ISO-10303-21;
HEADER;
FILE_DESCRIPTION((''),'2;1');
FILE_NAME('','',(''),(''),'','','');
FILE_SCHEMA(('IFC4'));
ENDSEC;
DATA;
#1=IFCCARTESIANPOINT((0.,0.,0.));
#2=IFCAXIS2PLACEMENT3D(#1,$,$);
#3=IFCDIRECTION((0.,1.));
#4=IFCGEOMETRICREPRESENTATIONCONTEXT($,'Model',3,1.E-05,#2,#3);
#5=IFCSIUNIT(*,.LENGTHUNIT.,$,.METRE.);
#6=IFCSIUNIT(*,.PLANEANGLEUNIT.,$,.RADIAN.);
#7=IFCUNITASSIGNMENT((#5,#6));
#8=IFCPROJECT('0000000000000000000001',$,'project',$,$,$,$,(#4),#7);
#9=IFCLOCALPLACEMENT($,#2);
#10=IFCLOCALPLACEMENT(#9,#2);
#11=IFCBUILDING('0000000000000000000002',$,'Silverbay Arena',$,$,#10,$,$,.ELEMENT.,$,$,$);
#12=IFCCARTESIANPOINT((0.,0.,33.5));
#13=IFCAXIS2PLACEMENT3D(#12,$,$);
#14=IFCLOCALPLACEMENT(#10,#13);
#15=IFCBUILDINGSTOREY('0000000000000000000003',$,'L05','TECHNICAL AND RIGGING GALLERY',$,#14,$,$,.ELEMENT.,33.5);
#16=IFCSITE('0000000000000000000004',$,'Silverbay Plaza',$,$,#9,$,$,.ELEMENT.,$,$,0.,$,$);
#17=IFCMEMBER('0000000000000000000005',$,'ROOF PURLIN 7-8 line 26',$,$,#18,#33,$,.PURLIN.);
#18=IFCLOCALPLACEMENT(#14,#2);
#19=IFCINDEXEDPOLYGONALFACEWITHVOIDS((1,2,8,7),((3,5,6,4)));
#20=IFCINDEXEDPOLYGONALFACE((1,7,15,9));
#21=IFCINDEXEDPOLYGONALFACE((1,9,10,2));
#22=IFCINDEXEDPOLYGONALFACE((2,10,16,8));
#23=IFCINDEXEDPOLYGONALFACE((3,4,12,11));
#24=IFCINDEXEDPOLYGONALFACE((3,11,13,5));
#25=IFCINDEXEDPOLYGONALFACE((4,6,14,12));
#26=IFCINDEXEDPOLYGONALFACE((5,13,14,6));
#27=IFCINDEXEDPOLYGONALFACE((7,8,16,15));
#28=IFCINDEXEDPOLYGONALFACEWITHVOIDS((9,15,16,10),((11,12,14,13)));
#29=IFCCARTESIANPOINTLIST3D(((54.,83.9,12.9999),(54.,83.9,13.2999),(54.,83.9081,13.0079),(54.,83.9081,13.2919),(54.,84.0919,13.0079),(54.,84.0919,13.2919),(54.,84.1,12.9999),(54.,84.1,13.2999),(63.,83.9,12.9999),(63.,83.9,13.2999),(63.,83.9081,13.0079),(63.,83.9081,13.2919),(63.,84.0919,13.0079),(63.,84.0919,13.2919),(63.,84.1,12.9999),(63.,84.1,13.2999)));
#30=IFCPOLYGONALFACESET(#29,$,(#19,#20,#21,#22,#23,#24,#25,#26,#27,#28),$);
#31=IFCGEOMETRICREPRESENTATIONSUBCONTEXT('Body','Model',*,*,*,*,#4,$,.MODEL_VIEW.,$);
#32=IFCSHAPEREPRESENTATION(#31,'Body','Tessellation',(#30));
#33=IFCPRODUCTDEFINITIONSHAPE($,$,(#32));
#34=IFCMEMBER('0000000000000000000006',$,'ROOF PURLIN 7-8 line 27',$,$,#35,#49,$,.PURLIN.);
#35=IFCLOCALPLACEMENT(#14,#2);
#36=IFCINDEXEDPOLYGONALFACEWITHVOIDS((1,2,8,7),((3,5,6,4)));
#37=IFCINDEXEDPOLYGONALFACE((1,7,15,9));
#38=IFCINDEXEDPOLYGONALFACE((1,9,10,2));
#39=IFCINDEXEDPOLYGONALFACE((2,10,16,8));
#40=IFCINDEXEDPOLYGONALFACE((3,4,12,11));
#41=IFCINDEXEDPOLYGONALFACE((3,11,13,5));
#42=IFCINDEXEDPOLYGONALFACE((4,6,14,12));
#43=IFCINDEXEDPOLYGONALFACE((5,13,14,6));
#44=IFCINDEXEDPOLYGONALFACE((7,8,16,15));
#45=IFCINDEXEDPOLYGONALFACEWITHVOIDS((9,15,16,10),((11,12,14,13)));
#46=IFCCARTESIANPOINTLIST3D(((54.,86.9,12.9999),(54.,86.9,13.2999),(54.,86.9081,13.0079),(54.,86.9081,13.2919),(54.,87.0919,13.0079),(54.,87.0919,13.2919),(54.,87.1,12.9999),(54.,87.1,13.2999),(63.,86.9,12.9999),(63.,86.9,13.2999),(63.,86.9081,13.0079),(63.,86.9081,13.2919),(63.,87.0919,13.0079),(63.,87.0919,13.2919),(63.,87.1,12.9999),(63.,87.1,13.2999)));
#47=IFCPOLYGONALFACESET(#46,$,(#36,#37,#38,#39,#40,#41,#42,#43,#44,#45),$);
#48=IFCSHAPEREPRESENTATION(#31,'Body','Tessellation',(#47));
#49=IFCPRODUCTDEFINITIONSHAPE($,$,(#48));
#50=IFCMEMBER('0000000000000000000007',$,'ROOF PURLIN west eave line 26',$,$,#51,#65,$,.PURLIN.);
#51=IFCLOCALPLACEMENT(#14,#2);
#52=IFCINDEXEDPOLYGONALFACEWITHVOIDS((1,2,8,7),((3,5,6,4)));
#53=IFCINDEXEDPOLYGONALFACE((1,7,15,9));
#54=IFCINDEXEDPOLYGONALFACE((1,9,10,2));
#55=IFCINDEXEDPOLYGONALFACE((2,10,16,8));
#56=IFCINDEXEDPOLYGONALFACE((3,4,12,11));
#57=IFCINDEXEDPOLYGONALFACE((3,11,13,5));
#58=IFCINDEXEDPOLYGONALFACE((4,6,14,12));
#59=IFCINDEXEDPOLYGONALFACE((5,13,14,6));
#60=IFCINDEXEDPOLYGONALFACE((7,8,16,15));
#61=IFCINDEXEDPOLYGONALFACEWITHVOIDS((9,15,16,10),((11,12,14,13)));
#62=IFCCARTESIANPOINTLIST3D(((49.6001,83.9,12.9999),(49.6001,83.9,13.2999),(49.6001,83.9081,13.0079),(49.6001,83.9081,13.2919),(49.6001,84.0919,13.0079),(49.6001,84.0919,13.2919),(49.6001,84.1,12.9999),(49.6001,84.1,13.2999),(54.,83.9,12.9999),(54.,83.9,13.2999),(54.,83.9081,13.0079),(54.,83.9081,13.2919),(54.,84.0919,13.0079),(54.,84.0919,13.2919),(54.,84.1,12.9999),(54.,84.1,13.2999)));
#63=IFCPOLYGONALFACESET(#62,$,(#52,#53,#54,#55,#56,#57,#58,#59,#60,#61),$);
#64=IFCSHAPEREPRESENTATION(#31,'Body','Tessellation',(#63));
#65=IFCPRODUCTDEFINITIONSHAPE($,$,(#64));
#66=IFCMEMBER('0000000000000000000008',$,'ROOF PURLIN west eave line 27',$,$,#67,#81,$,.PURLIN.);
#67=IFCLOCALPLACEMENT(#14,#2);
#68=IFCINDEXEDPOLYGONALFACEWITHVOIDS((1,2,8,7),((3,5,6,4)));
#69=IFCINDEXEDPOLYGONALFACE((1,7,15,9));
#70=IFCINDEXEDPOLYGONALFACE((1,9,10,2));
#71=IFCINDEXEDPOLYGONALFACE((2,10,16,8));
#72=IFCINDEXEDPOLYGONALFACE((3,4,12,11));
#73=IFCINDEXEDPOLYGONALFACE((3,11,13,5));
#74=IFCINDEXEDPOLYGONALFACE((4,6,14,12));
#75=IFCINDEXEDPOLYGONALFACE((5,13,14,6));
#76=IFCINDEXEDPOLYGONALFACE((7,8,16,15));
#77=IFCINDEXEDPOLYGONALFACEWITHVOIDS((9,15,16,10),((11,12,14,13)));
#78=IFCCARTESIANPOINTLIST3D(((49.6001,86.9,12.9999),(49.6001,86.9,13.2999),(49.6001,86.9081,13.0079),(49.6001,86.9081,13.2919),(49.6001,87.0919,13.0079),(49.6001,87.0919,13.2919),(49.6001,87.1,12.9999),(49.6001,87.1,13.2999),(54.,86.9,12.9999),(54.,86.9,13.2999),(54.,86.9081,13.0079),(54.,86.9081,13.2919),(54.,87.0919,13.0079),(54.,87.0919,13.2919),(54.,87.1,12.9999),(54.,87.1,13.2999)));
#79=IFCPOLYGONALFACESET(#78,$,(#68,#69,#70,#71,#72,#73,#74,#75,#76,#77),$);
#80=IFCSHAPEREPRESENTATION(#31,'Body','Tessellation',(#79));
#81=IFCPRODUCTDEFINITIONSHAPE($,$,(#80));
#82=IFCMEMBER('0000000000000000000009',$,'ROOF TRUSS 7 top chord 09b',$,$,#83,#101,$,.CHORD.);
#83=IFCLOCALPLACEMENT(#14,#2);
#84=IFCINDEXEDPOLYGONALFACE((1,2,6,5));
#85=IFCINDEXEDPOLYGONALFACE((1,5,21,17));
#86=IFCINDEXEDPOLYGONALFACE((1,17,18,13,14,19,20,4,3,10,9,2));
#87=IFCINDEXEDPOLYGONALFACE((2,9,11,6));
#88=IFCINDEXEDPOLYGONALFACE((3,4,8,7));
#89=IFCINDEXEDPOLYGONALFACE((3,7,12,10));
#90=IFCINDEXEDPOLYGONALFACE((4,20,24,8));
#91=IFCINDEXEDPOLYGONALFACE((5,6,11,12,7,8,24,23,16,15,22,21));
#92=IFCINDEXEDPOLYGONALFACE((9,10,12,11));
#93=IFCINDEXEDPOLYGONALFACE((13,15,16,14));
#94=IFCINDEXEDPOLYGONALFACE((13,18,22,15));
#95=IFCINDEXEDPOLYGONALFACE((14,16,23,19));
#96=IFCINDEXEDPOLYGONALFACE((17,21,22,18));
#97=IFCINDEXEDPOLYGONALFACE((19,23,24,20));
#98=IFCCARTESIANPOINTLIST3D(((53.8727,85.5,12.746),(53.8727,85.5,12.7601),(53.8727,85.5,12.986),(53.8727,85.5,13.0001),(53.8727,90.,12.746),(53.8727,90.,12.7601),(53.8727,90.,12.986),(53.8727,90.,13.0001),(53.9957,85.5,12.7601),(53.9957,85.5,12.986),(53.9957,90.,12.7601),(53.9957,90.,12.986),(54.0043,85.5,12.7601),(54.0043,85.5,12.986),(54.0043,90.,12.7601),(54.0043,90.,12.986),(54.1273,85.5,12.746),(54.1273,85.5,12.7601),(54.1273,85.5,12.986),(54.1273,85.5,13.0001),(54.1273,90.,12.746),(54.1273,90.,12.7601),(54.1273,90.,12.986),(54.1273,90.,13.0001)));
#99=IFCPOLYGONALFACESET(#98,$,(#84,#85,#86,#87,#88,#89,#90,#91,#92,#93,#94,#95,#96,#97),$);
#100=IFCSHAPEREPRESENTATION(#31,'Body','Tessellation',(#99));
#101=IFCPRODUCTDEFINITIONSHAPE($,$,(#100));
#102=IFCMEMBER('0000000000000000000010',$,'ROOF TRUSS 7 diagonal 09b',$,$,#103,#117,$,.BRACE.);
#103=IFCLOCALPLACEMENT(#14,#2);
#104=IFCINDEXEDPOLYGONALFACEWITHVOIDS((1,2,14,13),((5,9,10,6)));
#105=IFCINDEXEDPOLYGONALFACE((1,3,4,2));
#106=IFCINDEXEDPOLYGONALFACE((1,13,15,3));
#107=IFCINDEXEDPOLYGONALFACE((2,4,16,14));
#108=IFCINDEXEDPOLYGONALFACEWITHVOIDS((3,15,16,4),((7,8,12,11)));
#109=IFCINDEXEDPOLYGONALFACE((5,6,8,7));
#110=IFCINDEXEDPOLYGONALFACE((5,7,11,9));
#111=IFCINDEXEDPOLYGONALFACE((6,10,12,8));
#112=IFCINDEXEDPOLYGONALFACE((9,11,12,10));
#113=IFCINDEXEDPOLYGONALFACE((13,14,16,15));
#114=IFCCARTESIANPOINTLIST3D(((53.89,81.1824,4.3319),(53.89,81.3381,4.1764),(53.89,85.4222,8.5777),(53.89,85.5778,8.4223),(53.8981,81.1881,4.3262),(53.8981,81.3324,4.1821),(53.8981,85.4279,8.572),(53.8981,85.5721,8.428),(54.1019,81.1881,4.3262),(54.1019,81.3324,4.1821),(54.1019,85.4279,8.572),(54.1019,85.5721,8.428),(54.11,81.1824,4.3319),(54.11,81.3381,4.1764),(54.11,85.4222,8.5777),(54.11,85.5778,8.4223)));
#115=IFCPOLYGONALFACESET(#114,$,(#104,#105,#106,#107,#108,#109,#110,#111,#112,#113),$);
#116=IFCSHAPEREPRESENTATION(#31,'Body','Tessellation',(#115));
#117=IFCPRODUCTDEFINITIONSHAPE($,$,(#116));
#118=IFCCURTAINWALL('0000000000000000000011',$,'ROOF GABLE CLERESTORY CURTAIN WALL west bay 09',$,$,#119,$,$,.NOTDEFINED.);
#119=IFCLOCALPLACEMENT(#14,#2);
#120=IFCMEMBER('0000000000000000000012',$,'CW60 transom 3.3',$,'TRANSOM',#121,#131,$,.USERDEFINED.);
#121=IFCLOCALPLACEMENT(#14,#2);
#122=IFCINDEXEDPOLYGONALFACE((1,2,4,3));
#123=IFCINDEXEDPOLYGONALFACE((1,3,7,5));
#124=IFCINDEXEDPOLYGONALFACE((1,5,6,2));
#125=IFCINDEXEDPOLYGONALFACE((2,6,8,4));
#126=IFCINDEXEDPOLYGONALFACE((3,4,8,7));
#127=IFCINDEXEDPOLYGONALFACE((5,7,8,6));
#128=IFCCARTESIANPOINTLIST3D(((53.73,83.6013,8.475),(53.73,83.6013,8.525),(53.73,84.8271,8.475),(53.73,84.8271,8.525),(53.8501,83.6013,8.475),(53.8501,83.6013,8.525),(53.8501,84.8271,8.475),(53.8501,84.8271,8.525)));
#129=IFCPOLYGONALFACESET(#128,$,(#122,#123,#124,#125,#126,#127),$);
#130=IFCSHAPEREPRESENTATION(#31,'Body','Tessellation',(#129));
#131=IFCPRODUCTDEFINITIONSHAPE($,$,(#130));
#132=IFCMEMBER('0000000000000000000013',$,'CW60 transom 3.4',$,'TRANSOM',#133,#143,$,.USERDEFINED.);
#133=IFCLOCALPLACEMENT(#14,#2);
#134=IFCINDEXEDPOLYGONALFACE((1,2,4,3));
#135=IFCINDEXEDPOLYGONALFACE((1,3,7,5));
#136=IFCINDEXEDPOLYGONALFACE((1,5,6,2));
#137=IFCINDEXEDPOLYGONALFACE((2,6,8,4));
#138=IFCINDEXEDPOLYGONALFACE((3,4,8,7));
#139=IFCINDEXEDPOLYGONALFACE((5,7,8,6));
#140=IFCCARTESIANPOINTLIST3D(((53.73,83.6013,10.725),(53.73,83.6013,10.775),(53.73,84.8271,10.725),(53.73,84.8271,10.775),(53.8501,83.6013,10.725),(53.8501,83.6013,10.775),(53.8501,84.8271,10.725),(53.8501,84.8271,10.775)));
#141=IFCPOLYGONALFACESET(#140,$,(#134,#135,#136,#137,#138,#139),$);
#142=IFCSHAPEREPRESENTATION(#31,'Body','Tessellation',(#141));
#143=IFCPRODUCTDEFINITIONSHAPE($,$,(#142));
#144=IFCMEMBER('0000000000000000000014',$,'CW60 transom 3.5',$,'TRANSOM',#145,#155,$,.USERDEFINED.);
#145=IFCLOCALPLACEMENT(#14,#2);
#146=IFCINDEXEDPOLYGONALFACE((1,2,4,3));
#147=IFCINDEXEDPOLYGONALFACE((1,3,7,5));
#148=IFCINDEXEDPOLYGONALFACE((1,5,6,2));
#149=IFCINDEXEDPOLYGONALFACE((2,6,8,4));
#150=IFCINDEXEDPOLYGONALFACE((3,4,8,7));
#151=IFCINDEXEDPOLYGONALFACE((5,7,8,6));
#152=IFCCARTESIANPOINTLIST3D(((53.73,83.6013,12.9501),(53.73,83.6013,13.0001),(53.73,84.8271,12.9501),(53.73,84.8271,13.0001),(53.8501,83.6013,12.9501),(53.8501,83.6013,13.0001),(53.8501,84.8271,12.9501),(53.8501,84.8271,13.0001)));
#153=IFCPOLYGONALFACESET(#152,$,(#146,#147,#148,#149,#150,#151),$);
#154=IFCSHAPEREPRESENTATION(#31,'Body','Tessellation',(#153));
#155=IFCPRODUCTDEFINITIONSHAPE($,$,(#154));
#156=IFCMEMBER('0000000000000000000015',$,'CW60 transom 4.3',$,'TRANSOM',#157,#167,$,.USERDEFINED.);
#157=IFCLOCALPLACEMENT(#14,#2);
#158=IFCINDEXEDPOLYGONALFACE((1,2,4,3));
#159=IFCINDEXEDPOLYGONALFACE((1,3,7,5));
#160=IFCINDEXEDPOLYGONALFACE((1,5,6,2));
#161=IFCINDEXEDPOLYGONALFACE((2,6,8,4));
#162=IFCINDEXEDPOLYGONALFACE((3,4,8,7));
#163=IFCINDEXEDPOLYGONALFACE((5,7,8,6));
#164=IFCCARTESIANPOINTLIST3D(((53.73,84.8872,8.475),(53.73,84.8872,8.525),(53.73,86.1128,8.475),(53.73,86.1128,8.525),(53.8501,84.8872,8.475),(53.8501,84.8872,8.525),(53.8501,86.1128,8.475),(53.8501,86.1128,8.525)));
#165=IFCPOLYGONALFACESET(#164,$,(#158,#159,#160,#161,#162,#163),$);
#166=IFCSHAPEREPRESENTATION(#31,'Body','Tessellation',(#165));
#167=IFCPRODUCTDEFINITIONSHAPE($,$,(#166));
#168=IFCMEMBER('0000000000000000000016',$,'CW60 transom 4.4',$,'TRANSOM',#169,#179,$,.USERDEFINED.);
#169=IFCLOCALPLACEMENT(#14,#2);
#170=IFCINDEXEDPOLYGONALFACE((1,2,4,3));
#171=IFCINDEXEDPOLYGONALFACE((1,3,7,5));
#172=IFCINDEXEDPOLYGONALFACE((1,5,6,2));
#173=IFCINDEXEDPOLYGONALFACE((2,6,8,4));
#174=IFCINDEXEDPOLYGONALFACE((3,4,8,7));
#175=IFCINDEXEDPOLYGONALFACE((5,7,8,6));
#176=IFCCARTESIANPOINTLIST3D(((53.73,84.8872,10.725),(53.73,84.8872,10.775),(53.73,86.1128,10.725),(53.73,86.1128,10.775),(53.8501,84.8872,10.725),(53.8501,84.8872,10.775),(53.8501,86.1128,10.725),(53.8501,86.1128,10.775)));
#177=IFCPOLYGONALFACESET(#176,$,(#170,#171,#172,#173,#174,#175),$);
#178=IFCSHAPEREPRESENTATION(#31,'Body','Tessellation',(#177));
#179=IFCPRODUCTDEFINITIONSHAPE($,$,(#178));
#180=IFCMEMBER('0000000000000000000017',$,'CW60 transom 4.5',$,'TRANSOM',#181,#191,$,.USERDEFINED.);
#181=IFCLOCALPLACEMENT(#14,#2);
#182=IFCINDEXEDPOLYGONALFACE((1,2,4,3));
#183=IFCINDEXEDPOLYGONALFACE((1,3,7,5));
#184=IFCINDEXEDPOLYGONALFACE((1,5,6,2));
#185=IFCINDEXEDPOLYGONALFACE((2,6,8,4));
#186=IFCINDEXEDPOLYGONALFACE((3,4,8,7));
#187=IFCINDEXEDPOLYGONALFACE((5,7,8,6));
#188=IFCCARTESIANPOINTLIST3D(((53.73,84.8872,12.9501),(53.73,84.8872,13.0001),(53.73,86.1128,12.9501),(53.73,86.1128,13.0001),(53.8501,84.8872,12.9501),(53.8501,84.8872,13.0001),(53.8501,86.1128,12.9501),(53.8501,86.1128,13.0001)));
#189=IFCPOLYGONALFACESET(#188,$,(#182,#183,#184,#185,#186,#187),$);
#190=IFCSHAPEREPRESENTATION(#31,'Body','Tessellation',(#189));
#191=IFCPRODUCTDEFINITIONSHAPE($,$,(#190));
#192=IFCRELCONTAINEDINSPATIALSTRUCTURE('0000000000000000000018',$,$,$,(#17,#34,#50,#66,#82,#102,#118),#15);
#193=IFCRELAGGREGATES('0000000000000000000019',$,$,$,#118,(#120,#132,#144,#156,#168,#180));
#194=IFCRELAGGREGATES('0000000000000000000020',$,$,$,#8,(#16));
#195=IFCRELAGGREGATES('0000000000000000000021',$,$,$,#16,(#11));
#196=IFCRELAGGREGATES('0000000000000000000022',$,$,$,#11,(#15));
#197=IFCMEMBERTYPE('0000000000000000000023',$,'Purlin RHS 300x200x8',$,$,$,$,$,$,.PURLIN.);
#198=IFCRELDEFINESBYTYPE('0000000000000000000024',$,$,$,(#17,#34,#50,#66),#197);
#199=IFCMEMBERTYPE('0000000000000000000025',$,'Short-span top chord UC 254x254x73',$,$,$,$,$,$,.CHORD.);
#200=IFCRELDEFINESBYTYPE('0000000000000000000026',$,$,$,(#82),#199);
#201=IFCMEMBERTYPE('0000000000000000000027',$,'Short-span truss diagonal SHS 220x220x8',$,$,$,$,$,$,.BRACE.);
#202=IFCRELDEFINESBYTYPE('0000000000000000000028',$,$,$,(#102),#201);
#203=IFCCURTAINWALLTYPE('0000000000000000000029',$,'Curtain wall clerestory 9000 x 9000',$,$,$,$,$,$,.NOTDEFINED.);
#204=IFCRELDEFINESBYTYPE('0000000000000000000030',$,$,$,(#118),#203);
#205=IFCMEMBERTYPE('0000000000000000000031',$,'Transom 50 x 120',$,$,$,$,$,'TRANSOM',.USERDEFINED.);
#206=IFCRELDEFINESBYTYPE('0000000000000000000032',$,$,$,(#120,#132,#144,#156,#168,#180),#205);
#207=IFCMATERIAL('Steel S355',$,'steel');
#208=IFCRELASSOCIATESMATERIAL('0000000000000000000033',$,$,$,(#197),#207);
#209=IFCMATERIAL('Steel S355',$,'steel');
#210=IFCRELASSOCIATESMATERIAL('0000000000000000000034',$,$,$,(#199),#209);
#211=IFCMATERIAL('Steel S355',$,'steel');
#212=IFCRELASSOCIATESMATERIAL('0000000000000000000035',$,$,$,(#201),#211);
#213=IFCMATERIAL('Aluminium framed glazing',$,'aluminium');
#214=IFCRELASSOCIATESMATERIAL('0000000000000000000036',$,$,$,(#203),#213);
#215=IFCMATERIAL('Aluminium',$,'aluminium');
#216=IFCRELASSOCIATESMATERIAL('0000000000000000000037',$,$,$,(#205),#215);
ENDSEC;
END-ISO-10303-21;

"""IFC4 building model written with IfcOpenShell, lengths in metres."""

from ifc_helpers import new_model, si_unit, direction, frame, origin, origin_2d, place, context, subcontext, project, spatial, rectangle, hollow_rectangle, i_section, extrude, material, material_profile, profile_set, type_object, element, aggregate, save


model = new_model("IFC4")

# Units and contexts
model_context = context("Model", 3, precision=1e-05, world=origin(), true_north=direction((0.0, 1.0)))
body_context = subcontext(model_context, "Body", "Model", "MODEL_VIEW")
ifc_project = project(units=[si_unit("LENGTHUNIT", "METRE"), si_unit("PLANEANGLEUNIT", "RADIAN")], contexts=[model_context])

# Site, building, storey
site_placement = place(None, origin())
site = spatial("IfcSite", under=ifc_project, at=site_placement, Name="Silverbay Plaza", CompositionType="ELEMENT", RefElevation=0.0)
building_placement = place(site_placement, origin())
building = spatial("IfcBuilding", under=site, at=building_placement, Name="Silverbay Arena", CompositionType="ELEMENT")
storey_placement = place(building_placement, frame((0.0, 0.0, 33.5)))
storey = spatial("IfcBuildingStorey", under=building, at=storey_placement, Name="L05", Description="TECHNICAL AND RIGGING GALLERY", CompositionType="ELEMENT", Elevation=33.5)

# Members
ifc_material_1 = material(Name="Steel S355", Category="steel")
ifc_material_profile_1 = material_profile(ifc_material_1, hollow_rectangle(XDim=0.2, YDim=0.3, WallThickness=0.0081, at=origin_2d()), Name="RHS 300x200x8")
ifc_profile_set_1 = profile_set([ifc_material_profile_1], Name="Steel S355")
member_type_1 = type_object("IfcMemberType", Name="Purlin RHS 300x200x8", PredefinedType="PURLIN", material=ifc_profile_set_1)
for number, where, z_axis, x_axis, name in (
    (1, (54.0, 84.0, 13.1499), (1.0, 0.0, 0.0), (0.0, 1.0, 0.0), "ROOF PURLIN 7-8 line 26"),
    (2, (54.0, 87.0, 13.1499), (1.0, 0.0, 0.0), (0.0, 1.0, 0.0), "ROOF PURLIN 7-8 line 27"),
):
    element("IfcMember", number, at=place(storey_placement, frame(where, z_axis=z_axis, x_axis=x_axis)), inside=storey, type_object=member_type_1, Name=name, PredefinedType="PURLIN", context=body_context, shape_type="SweptSolid", body=[
        extrude(hollow_rectangle(XDim=0.2, YDim=0.3, WallThickness=0.0081, at=origin_2d()), origin(), (0.0, 0.0, 1.0), 9.0),
    ])
for number, where, z_axis, x_axis, name in (
    (3, (49.6001, 84.0, 13.1499), (1.0, 0.0, 0.0), (0.0, 1.0, 0.0), "ROOF PURLIN west eave line 26"),
    (4, (49.6001, 87.0, 13.1499), (1.0, 0.0, 0.0), (0.0, 1.0, 0.0), "ROOF PURLIN west eave line 27"),
):
    element("IfcMember", number, at=place(storey_placement, frame(where, z_axis=z_axis, x_axis=x_axis)), inside=storey, type_object=member_type_1, Name=name, PredefinedType="PURLIN", context=body_context, shape_type="SweptSolid", body=[
        extrude(hollow_rectangle(XDim=0.2, YDim=0.3, WallThickness=0.0081, at=origin_2d()), origin(), (0.0, 0.0, 1.0), 4.3999),
    ])
ifc_material_2 = material(Name="Steel S355", Category="steel")
ifc_material_profile_2 = material_profile(ifc_material_2, i_section(OverallWidth=0.2546, OverallDepth=0.2542, WebThickness=0.0085, FlangeThickness=0.0142, at=origin_2d()), Name="UC 254x254x73")
ifc_profile_set_2 = profile_set([ifc_material_profile_2], Name="Steel S355")
member_type_2 = type_object("IfcMemberType", Name="Short-span top chord UC 254x254x73", PredefinedType="CHORD", material=ifc_profile_set_2)
member_1_placement = place(storey_placement, frame((54.0, 85.5, 12.873), z_axis=(0.0, 1.0, 0.0), x_axis=(-1.0, 0.0, 0.0)))
element("IfcMember", 5, at=member_1_placement, inside=storey, type_object=member_type_2, Name="ROOF TRUSS 7 top chord 09b", PredefinedType="CHORD", context=body_context, shape_type="SweptSolid", body=[
    extrude(i_section(OverallWidth=0.2546, OverallDepth=0.2542, WebThickness=0.0085, FlangeThickness=0.0142, at=origin_2d()), origin(), (0.0, 0.0, 1.0), 4.5),
])
ifc_material_3 = material(Name="Steel S355", Category="steel")
ifc_material_profile_3 = material_profile(ifc_material_3, hollow_rectangle(XDim=0.22, YDim=0.22, WallThickness=0.0081, at=origin_2d()), Name="SHS 220x220x8")
ifc_profile_set_3 = profile_set([ifc_material_profile_3], Name="Steel S355")
member_type_3 = type_object("IfcMemberType", Name="Short-span truss diagonal SHS 220x220x8", PredefinedType="BRACE", material=ifc_profile_set_3)
member_2_placement = place(storey_placement, frame((54.0, 85.5, 8.5), z_axis=(0.0, -0.706598, -0.707615), x_axis=(1.0, 0.0, 0.0)))
element("IfcMember", 6, at=member_2_placement, inside=storey, type_object=member_type_3, Name="ROOF TRUSS 7 diagonal 09b", PredefinedType="BRACE", context=body_context, shape_type="SweptSolid", body=[
    extrude(hollow_rectangle(XDim=0.22, YDim=0.22, WallThickness=0.0081, at=origin_2d()), origin(), (0.0, 0.0, 1.0), 6.0002),
])

# Curtain wall, members
ifc_material_4 = material(Name="Aluminium framed glazing", Category="aluminium")
curtain_wall_type = type_object("IfcCurtainWallType", Name="Curtain wall clerestory 9000 x 9000", PredefinedType="NOTDEFINED", material=ifc_material_4)
curtain_wall_placement = place(storey_placement, origin())
curtain_wall = element("IfcCurtainWall", 7, at=curtain_wall_placement, inside=storey, type_object=curtain_wall_type, Name="ROOF GABLE CLERESTORY CURTAIN WALL west bay 09", PredefinedType="NOTDEFINED")
ifc_material_5 = material(Name="Aluminium", Category="aluminium")
ifc_material_profile_4 = material_profile(ifc_material_5, rectangle(XDim=0.1201, YDim=0.05, at=origin_2d()), Name="Transom 50 x 120")
ifc_profile_set_4 = profile_set([ifc_material_profile_4], Name="Aluminium")
member_type_4 = type_object("IfcMemberType", Name="Transom 50 x 120", ElementType="TRANSOM", PredefinedType="USERDEFINED", material=ifc_profile_set_4)
member_3_placement = place(storey_placement, frame((53.79, 83.6013, 8.5), z_axis=(0.0, 1.0, 0.0), x_axis=(-1.0, 0.0, 0.0)))
member_3 = element("IfcMember", 8, at=member_3_placement, type_object=member_type_4, Name="CW60 transom 3.3", ObjectType="TRANSOM", PredefinedType="USERDEFINED", context=body_context, shape_type="SweptSolid", body=[
    extrude(rectangle(XDim=0.1201, YDim=0.05, at=origin_2d()), origin(), (0.0, 0.0, 1.0), 1.2258),
])
member_4_placement = place(storey_placement, frame((53.79, 83.6013, 10.75), z_axis=(0.0, 1.0, 0.0), x_axis=(-1.0, 0.0, 0.0)))
member_4 = element("IfcMember", 9, at=member_4_placement, type_object=member_type_4, Name="CW60 transom 3.4", ObjectType="TRANSOM", PredefinedType="USERDEFINED", context=body_context, shape_type="SweptSolid", body=[
    extrude(rectangle(XDim=0.1201, YDim=0.05, at=origin_2d()), origin(), (0.0, 0.0, 1.0), 1.2258),
])
member_5_placement = place(storey_placement, frame((53.79, 83.6013, 12.9751), z_axis=(0.0, 1.0, 0.0), x_axis=(-1.0, 0.0, 0.0)))
member_5 = element("IfcMember", 10, at=member_5_placement, type_object=member_type_4, Name="CW60 transom 3.5", ObjectType="TRANSOM", PredefinedType="USERDEFINED", context=body_context, shape_type="SweptSolid", body=[
    extrude(rectangle(XDim=0.1201, YDim=0.05, at=origin_2d()), origin(), (0.0, 0.0, 1.0), 1.2258),
])
member_6_placement = place(storey_placement, frame((53.79, 84.8872, 8.5), z_axis=(0.0, 1.0, 0.0), x_axis=(-1.0, 0.0, 0.0)))
member_6 = element("IfcMember", 11, at=member_6_placement, type_object=member_type_4, Name="CW60 transom 4.3", ObjectType="TRANSOM", PredefinedType="USERDEFINED", context=body_context, shape_type="SweptSolid", body=[
    extrude(rectangle(XDim=0.1201, YDim=0.05, at=origin_2d()), origin(), (0.0, 0.0, 1.0), 1.2256),
])
member_7_placement = place(storey_placement, frame((53.79, 84.8872, 10.75), z_axis=(0.0, 1.0, 0.0), x_axis=(-1.0, 0.0, 0.0)))
member_7 = element("IfcMember", 12, at=member_7_placement, type_object=member_type_4, Name="CW60 transom 4.4", ObjectType="TRANSOM", PredefinedType="USERDEFINED", context=body_context, shape_type="SweptSolid", body=[
    extrude(rectangle(XDim=0.1201, YDim=0.05, at=origin_2d()), origin(), (0.0, 0.0, 1.0), 1.2256),
])
member_8_placement = place(storey_placement, frame((53.79, 84.8872, 12.9751), z_axis=(0.0, 1.0, 0.0), x_axis=(-1.0, 0.0, 0.0)))
member_8 = element("IfcMember", 13, at=member_8_placement, type_object=member_type_4, Name="CW60 transom 4.5", ObjectType="TRANSOM", PredefinedType="USERDEFINED", context=body_context, shape_type="SweptSolid", body=[
    extrude(rectangle(XDim=0.1201, YDim=0.05, at=origin_2d()), origin(), (0.0, 0.0, 1.0), 1.2256),
])
aggregate(curtain_wall, [member_3, member_4, member_5, member_6, member_7, member_8])

save(model, "model.ifc")
